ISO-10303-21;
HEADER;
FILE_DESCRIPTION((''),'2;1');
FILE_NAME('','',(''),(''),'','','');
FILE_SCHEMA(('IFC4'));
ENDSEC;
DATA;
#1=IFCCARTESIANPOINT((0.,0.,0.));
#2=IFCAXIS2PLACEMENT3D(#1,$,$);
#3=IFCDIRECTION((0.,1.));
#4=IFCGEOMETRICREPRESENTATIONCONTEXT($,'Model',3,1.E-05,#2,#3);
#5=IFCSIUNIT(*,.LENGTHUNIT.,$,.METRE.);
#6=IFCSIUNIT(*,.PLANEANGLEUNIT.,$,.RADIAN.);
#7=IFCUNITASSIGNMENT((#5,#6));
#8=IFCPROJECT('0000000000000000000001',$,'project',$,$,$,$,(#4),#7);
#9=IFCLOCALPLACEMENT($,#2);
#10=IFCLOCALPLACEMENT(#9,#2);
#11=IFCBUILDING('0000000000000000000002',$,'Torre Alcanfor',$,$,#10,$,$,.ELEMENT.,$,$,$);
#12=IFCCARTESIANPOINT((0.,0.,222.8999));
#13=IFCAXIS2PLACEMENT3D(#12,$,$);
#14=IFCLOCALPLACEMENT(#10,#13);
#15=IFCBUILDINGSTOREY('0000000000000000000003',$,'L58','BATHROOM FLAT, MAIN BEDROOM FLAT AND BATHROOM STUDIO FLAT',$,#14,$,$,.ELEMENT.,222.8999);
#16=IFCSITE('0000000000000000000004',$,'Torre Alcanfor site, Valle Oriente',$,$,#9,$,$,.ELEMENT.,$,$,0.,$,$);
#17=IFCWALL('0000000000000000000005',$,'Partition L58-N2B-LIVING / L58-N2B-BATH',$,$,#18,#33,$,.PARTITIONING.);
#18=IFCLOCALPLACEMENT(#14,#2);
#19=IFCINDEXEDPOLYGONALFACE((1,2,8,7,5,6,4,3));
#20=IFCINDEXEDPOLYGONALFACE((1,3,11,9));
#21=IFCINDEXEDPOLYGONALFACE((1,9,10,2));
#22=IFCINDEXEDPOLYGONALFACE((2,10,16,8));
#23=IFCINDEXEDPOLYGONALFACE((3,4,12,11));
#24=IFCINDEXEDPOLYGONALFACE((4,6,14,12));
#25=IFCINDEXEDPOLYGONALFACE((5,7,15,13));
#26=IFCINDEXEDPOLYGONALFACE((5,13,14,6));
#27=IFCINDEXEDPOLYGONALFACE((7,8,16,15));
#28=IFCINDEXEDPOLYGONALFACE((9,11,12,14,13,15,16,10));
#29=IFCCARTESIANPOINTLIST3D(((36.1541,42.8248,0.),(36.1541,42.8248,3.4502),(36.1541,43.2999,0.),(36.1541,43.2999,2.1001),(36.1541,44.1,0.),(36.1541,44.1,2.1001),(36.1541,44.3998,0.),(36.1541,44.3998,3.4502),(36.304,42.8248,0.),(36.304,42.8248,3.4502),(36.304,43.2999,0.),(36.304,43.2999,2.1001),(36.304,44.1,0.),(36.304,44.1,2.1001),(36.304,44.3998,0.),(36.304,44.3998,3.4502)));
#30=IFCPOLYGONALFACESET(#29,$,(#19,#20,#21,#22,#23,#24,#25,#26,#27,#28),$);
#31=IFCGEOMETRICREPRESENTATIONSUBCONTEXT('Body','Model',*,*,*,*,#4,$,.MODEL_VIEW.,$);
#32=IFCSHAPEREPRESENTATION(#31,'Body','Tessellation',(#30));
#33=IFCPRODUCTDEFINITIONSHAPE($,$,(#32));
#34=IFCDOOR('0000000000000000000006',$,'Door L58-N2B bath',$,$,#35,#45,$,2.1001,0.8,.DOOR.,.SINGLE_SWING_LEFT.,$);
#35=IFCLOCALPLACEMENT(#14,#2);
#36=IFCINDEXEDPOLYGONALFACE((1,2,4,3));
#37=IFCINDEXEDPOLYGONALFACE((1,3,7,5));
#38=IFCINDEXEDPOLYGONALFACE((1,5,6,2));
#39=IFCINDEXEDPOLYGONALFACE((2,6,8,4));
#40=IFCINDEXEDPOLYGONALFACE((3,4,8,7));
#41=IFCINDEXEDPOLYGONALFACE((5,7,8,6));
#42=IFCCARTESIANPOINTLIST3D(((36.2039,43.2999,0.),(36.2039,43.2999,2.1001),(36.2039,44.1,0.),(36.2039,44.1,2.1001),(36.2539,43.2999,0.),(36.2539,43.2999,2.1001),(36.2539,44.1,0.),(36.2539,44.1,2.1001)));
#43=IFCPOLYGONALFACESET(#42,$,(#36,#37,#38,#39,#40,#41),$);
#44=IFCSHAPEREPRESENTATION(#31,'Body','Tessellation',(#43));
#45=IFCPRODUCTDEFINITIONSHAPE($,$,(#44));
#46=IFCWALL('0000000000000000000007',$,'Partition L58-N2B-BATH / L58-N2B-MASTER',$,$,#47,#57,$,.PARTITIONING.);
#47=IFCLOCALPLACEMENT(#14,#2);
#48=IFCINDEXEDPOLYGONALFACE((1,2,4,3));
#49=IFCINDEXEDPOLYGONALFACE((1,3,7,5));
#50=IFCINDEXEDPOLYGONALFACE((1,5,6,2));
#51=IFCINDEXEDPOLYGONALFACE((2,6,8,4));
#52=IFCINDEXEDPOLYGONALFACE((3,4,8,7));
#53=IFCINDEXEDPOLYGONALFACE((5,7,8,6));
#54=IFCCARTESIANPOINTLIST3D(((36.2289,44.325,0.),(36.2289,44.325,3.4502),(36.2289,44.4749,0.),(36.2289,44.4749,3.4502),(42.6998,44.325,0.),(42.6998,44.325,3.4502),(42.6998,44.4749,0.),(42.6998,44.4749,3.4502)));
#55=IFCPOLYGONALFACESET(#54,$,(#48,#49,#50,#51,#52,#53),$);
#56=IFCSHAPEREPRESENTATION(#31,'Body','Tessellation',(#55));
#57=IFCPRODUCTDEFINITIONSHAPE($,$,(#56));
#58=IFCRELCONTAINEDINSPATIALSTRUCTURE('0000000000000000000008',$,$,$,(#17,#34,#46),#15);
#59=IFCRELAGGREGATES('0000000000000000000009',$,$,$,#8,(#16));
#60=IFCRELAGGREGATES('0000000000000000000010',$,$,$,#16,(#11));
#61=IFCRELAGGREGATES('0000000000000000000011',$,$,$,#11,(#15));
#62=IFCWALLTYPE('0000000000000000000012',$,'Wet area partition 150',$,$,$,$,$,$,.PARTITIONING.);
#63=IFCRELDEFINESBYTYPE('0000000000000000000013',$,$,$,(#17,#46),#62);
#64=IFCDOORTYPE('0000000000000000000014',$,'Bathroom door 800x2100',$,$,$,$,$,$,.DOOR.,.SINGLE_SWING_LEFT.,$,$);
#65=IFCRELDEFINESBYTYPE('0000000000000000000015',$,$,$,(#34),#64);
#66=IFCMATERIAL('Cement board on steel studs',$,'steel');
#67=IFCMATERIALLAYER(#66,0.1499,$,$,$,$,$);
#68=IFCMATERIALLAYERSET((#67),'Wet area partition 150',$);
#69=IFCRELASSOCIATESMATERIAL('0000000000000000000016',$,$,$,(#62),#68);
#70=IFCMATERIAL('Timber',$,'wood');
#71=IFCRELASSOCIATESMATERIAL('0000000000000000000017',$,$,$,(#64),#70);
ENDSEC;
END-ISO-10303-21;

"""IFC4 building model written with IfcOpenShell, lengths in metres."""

from ifc_helpers import new_model, si_unit, direction, frame, frame_2d, origin, place, context, subcontext, project, spatial, rectangle, extrude, material, layer, layer_set, type_object, element, fill, save


model = new_model("IFC4")

# Units and contexts
model_context = context("Model", 3, precision=1e-05, world=origin(), true_north=direction((0.0, 1.0)))
body_context = subcontext(model_context, "Body", "Model", "MODEL_VIEW")
ifc_project = project(units=[si_unit("LENGTHUNIT", "METRE"), si_unit("PLANEANGLEUNIT", "RADIAN")], contexts=[model_context])

# Site, building, storey
site_placement = place(None, origin())
site = spatial("IfcSite", under=ifc_project, at=site_placement, Name="Torre Alcanfor site, Valle Oriente", CompositionType="ELEMENT", RefElevation=0.0)
building_placement = place(site_placement, origin())
building = spatial("IfcBuilding", under=site, at=building_placement, Name="Torre Alcanfor", CompositionType="ELEMENT")
storey_placement = place(building_placement, frame((0.0, 0.0, 222.8999)))
storey = spatial("IfcBuildingStorey", under=building, at=storey_placement, Name="L58", Description="BATHROOM FLAT, MAIN BEDROOM FLAT AND BATHROOM STUDIO FLAT", CompositionType="ELEMENT", Elevation=222.8999)

# Shared definitions
ifc_material_1 = material(Name="Cement board on steel studs", Category="steel")
ifc_layer_1 = layer(ifc_material_1, 0.1499)
ifc_layer_set_1 = layer_set([ifc_layer_1], Name="Wet area partition 150")
wall_type_1 = type_object("IfcWallType", Name="Wet area partition 150", PredefinedType="PARTITIONING", material=ifc_layer_set_1)

# Wall, opening, door
ifc_material_2 = material(Name="Timber", Category="wood")
door_type_1 = type_object("IfcDoorType", Name="Bathroom door 800x2100", OperationType="SINGLE_SWING_LEFT", PredefinedType="DOOR", material=ifc_material_2)
wall_1_placement = place(storey_placement, frame((36.229, 44.3999, 0.0), z_axis=(0.0, 0.0, 1.0), x_axis=(0.0, -1.0, 0.0)))
wall_1 = element("IfcWall", 1, at=wall_1_placement, inside=storey, type_object=wall_type_1, Name="Partition L58-N2B-LIVING / L58-N2B-BATH", PredefinedType="PARTITIONING", context=body_context, shape_type="SweptSolid", body=[
    extrude(rectangle(XDim=1.575, YDim=0.1499, at=frame_2d((0.7876, 0.0))), origin(), (0.0, 0.0, 1.0), 3.4502),
])
opening_1_placement = place(wall_1_placement, frame((0.3, 0.0, 0.0)))
opening_1 = element("IfcOpeningElement", 2, at=opening_1_placement, cuts=wall_1, PredefinedType="OPENING", context=body_context, shape_type="SweptSolid", body=[
    extrude(rectangle(XDim=0.8, YDim=2.1001, at=frame_2d((0.3999, 1.05))), frame((0.0, 0.085, 0.0), z_axis=(0.0, -1.0, 0.0), x_axis=(1.0, 0.0, 0.0)), (0.0, 0.0, 1.0), 0.1699),
])
door_1_placement = place(opening_1_placement, origin())
door_1 = element("IfcDoor", 3, at=door_1_placement, inside=storey, type_object=door_type_1, Name="Door L58-N2B bath", OperationType="SINGLE_SWING_LEFT", OverallHeight=2.1001, OverallWidth=0.8, PredefinedType="DOOR", context=body_context, shape_type="SweptSolid", body=[
    extrude(rectangle(XDim=0.8, YDim=2.1001, at=frame_2d((0.3999, 1.05))), frame((0.0, 0.0249, 0.0), z_axis=(0.0, -1.0, 0.0), x_axis=(1.0, 0.0, 0.0)), (0.0, 0.0, 1.0), 0.05),
])
fill(opening_1, door_1)

# Wall
wall_2_placement = place(storey_placement, frame((36.229, 44.3999, 0.0), z_axis=(0.0, 0.0, 1.0), x_axis=(1.0, 0.0, 0.0)))
element("IfcWall", 4, at=wall_2_placement, inside=storey, type_object=wall_type_1, Name="Partition L58-N2B-BATH / L58-N2B-MASTER", PredefinedType="PARTITIONING", context=body_context, shape_type="SweptSolid", body=[
    extrude(rectangle(XDim=6.4709, YDim=0.1499, at=frame_2d((3.2354, 0.0))), origin(), (0.0, 0.0, 1.0), 3.4502),
])

save(model, "model.ifc")
